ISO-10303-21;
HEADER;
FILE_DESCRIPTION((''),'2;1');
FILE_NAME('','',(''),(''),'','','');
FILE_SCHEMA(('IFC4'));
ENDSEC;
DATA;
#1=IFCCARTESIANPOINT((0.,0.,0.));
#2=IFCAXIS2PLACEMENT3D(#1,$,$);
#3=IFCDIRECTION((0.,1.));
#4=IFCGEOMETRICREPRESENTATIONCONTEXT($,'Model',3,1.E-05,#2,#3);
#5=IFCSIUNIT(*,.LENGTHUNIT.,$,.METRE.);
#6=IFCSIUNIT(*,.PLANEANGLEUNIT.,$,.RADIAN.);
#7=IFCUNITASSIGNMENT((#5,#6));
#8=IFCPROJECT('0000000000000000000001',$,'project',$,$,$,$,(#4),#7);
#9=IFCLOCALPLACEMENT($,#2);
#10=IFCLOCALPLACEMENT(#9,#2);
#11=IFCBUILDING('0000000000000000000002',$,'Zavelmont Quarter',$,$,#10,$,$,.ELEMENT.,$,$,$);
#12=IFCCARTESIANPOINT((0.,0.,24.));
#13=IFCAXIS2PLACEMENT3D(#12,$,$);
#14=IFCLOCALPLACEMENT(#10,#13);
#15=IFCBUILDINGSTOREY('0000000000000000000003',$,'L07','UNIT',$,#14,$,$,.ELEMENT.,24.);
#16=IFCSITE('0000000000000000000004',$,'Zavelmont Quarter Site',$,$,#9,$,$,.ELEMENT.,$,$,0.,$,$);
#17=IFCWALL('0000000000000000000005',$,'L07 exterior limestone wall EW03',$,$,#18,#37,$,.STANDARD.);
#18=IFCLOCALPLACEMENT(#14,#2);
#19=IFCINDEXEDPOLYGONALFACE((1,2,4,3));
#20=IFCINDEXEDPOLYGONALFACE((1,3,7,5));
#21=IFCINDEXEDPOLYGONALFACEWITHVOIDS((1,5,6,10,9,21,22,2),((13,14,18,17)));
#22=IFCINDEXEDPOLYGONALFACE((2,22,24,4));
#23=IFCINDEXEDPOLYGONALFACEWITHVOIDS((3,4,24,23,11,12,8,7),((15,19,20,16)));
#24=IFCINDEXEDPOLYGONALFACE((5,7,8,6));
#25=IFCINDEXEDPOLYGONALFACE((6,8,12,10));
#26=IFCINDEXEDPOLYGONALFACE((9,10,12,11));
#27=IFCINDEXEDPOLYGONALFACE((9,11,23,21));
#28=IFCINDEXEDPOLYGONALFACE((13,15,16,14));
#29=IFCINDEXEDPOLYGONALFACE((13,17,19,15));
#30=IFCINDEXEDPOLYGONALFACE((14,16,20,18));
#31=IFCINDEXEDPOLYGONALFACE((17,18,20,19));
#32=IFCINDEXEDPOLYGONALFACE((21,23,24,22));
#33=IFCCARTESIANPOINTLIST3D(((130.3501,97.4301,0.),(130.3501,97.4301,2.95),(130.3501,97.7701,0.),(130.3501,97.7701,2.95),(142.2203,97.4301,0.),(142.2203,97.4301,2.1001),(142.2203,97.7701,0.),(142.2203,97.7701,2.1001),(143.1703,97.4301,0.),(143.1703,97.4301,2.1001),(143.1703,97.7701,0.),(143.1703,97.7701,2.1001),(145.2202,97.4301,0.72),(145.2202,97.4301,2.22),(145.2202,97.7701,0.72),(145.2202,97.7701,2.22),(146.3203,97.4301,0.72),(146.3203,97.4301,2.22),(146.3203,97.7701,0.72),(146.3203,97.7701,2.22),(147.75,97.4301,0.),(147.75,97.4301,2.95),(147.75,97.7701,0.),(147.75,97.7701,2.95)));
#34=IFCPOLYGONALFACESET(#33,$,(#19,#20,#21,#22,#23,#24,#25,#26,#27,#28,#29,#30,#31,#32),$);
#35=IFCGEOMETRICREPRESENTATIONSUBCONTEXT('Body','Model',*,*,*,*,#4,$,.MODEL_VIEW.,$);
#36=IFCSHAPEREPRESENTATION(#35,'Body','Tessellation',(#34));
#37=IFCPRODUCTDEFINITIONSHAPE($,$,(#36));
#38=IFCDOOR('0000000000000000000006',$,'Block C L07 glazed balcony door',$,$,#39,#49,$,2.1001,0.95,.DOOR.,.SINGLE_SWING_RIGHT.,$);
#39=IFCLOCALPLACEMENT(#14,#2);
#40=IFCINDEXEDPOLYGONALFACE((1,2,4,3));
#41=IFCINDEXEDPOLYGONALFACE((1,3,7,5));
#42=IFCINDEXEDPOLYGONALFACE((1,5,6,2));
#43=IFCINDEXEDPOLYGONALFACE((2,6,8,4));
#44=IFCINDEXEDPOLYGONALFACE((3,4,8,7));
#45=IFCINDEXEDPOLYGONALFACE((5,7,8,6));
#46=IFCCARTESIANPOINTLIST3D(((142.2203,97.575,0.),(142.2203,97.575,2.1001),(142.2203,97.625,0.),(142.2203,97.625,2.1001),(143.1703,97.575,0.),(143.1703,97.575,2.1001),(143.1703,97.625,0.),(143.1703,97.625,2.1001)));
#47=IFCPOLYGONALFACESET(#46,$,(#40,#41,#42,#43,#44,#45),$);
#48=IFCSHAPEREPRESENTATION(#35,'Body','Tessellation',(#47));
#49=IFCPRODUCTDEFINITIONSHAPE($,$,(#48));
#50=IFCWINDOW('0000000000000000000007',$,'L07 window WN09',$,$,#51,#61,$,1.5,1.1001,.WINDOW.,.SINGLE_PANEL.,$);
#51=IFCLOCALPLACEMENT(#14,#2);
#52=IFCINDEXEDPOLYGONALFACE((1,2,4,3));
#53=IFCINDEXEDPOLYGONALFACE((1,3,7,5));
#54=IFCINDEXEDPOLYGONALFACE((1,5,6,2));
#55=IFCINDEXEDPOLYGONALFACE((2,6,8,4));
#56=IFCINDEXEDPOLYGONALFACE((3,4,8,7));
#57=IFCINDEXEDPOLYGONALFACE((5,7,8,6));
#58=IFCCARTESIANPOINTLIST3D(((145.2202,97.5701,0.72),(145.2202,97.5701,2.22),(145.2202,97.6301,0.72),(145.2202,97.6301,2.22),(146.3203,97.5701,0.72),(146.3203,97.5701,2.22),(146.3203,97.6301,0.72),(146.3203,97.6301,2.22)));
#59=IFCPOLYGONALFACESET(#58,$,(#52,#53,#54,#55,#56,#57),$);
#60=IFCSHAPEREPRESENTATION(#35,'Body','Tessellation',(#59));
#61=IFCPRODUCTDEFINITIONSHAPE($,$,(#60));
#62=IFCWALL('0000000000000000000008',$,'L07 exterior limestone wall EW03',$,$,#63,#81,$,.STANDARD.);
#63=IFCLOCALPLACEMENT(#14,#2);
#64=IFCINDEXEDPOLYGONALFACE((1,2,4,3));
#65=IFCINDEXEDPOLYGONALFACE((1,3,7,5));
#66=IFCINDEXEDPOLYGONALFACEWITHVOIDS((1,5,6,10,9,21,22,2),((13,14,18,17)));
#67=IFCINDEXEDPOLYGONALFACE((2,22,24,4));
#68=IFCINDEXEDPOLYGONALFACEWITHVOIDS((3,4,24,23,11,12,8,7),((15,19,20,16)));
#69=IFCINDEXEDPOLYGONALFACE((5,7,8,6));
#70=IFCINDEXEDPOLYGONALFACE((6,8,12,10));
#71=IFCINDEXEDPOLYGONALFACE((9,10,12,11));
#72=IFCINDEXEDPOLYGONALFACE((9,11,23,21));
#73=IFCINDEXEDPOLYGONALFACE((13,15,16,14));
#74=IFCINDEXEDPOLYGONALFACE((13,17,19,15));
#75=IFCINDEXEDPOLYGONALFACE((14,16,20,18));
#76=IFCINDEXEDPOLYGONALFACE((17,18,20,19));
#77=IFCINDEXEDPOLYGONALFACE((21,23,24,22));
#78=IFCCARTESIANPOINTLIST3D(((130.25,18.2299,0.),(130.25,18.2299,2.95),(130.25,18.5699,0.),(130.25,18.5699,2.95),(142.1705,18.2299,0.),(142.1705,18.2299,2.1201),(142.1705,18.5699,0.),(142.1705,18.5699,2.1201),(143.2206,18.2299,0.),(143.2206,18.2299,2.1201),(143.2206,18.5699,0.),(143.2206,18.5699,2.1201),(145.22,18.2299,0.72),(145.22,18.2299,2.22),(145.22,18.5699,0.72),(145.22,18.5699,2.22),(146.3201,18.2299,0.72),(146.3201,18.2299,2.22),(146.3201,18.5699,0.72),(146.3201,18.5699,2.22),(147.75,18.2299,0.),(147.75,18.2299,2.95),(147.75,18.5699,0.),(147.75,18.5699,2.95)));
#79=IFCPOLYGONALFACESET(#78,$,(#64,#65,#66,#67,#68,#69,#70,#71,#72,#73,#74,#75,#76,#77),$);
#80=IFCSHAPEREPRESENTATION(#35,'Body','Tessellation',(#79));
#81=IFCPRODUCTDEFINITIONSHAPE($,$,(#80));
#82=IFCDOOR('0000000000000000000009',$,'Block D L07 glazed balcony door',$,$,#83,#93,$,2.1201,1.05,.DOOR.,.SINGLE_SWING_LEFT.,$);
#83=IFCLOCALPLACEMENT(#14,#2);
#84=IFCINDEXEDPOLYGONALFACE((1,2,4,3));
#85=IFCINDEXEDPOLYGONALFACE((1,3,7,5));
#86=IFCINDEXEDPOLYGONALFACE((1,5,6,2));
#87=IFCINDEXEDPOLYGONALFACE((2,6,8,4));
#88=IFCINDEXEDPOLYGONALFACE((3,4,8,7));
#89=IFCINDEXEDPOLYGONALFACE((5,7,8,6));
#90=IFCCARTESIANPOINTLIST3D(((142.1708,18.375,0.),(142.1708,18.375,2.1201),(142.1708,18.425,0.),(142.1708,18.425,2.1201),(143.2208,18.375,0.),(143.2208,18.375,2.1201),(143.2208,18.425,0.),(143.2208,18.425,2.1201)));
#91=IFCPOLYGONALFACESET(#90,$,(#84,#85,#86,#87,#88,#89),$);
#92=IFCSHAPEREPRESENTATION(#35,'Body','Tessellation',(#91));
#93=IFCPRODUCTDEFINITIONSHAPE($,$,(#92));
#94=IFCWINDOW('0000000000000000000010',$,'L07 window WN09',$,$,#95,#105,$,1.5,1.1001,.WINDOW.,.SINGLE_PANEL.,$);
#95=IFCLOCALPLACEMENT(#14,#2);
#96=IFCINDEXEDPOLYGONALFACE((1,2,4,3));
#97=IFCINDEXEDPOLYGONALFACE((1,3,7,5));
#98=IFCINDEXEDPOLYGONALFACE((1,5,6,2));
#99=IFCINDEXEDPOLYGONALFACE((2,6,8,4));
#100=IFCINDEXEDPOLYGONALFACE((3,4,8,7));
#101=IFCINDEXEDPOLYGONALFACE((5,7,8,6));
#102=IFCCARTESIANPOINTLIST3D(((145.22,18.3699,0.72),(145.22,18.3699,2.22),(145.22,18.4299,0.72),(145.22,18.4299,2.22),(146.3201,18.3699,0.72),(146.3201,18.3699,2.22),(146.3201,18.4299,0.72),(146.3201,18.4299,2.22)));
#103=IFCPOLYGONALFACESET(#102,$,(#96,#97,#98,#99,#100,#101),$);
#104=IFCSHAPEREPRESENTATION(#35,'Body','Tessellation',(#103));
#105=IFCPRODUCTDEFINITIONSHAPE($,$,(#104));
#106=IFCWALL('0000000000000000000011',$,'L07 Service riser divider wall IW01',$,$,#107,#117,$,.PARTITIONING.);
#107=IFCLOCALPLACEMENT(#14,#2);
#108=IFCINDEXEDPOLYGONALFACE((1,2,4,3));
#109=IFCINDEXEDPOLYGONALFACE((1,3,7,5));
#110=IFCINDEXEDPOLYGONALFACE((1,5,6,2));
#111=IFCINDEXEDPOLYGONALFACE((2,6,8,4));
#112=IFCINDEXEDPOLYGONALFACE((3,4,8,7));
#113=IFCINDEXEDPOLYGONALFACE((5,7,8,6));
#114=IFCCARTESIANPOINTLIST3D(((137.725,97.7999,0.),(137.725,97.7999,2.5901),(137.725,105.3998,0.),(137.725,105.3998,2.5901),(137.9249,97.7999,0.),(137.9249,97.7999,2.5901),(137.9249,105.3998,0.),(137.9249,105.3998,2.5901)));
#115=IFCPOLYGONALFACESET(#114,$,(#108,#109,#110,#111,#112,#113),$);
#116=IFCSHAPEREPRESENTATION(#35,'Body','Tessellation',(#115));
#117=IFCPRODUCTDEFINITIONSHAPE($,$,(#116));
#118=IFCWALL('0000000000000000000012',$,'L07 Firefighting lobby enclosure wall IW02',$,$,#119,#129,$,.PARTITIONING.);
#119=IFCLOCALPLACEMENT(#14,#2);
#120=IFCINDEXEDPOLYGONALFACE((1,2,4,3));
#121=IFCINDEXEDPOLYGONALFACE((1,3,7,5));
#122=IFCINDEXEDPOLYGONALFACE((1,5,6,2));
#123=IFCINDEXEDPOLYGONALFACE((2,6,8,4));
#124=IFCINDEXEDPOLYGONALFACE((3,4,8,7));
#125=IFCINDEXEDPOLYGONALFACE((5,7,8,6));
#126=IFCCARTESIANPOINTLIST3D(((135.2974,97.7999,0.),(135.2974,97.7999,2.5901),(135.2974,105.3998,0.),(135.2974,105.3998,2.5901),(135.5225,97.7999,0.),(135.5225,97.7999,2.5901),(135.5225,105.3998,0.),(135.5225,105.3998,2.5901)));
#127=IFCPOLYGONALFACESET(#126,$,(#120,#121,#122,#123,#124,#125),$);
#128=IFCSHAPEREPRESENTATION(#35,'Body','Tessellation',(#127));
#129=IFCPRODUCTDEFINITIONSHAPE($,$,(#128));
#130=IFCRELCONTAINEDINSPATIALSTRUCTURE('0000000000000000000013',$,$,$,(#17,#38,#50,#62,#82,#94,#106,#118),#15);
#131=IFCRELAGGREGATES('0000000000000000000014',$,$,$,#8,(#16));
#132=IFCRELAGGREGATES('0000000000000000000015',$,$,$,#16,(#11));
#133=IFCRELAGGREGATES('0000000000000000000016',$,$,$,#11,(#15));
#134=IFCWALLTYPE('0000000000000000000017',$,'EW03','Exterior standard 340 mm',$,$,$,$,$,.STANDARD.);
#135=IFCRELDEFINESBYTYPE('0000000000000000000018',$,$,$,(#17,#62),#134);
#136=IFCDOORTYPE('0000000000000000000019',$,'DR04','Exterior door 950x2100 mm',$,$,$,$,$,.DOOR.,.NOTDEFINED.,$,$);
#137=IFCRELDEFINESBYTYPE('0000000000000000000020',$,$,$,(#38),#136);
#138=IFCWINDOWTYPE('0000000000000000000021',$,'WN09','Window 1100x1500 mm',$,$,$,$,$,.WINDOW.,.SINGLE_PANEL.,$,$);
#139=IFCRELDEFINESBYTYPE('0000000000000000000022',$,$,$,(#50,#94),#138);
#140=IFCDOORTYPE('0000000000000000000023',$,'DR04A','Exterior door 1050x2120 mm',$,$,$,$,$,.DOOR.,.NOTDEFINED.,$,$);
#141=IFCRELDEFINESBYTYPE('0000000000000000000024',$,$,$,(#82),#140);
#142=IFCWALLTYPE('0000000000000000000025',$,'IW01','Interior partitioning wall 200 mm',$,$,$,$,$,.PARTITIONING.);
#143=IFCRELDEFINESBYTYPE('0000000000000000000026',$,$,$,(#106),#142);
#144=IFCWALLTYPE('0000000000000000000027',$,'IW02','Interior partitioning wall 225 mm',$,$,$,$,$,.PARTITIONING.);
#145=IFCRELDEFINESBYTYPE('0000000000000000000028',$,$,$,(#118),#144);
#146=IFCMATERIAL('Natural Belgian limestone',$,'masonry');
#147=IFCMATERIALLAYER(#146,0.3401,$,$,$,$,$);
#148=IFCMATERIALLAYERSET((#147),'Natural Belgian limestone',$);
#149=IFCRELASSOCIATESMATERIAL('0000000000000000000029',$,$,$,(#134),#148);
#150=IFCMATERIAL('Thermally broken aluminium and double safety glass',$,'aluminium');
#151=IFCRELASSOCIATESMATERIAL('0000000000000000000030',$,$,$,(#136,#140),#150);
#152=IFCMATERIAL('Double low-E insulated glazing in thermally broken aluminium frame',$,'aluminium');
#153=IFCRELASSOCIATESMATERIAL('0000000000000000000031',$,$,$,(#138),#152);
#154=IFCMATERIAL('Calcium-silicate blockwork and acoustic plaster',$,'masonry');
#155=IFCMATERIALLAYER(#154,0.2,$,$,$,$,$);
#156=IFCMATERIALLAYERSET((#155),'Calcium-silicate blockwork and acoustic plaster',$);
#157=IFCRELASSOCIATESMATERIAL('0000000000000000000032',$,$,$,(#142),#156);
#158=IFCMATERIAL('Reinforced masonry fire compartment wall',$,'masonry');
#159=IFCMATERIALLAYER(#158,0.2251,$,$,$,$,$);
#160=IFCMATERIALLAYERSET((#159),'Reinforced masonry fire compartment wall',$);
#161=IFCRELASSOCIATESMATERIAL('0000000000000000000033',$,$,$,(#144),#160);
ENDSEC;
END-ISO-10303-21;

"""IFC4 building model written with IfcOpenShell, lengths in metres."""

from ifc_helpers import new_model, si_unit, direction, frame, frame_2d, origin, origin_with_axes, place, context, subcontext, project, spatial, rectangle, extrude, material, layer, layer_set, type_object, element, fill, save


model = new_model("IFC4")

# Units and contexts
model_context = context("Model", 3, precision=1e-05, world=origin(), true_north=direction((0.0, 1.0)))
body_context = subcontext(model_context, "Body", "Model", "MODEL_VIEW")
ifc_project = project(units=[si_unit("LENGTHUNIT", "METRE"), si_unit("PLANEANGLEUNIT", "RADIAN")], contexts=[model_context])

# Site, building, storey
site_placement = place(None, origin())
site = spatial("IfcSite", under=ifc_project, at=site_placement, Name="Zavelmont Quarter Site", CompositionType="ELEMENT", RefElevation=0.0)
building_placement = place(site_placement, origin())
building = spatial("IfcBuilding", under=site, at=building_placement, Name="Zavelmont Quarter", CompositionType="ELEMENT")
storey_placement = place(building_placement, frame((0.0, 0.0, 24.0)))
storey = spatial("IfcBuildingStorey", under=building, at=storey_placement, Name="L07", Description="UNIT", CompositionType="ELEMENT", Elevation=24.0)

# Walls, openings, doors, windows
ifc_material_1 = material(Name="Natural Belgian limestone", Category="masonry")
ifc_layer_1 = layer(ifc_material_1, 0.3401)
ifc_layer_set_1 = layer_set([ifc_layer_1], Name="Natural Belgian limestone")
wall_type_1 = type_object("IfcWallType", Name="EW03", Description="Exterior standard 340 mm", PredefinedType="STANDARD", material=ifc_layer_set_1)
wall_1_placement = place(storey_placement, frame((130.3501, 97.6001, 0.0), z_axis=(0.0, 0.0, 1.0), x_axis=(1.0, 0.0, 0.0)))
wall_1 = element("IfcWall", 1, at=wall_1_placement, inside=storey, type_object=wall_type_1, Name="L07 exterior limestone wall EW03", PredefinedType="STANDARD", context=body_context, shape_type="SweptSolid", body=[
    extrude(rectangle(XDim=17.3999, YDim=0.3401, at=frame_2d((8.7, 0.0))), origin(), (0.0, 0.0, 1.0), 2.95),
])
opening_1_placement = place(wall_1_placement, frame((11.8701, 0.0, 0.0)))
opening_1 = element("IfcOpeningElement", 2, at=opening_1_placement, cuts=wall_1, PredefinedType="OPENING", context=body_context, shape_type="SweptSolid", body=[
    extrude(rectangle(XDim=0.95, YDim=2.1001, at=frame_2d((0.4751, 1.05))), frame((0.0, 0.1821, 0.0), z_axis=(0.0, -1.0, 0.0), x_axis=(1.0, 0.0, 0.0)), (0.0, 0.0, 1.0), 0.364),
])
opening_2_placement = place(wall_1_placement, frame((14.8701, 0.0, 0.72)))
opening_2 = element("IfcOpeningElement", 3, at=opening_2_placement, cuts=wall_1, PredefinedType="OPENING", context=body_context, shape_type="SweptSolid", body=[
    extrude(rectangle(XDim=1.1001, YDim=1.5, at=frame_2d((0.55, 0.75))), frame((0.0, 0.1821, 0.0), z_axis=(0.0, -1.0, 0.0), x_axis=(1.0, 0.0, 0.0)), (0.0, 0.0, 1.0), 0.364),
])
ifc_material_2 = material(Name="Thermally broken aluminium and double safety glass", Category="aluminium")
door_type_1 = type_object("IfcDoorType", Name="DR04", Description="Exterior door 950x2100 mm", OperationType="NOTDEFINED", PredefinedType="DOOR", material=ifc_material_2)
door_1_placement = place(opening_1_placement, origin_with_axes())
door_1 = element("IfcDoor", 4, at=door_1_placement, inside=storey, type_object=door_type_1, Name="Block C L07 glazed balcony door", OperationType="SINGLE_SWING_RIGHT", OverallHeight=2.1001, OverallWidth=0.95, PredefinedType="DOOR", context=body_context, shape_type="SweptSolid", body=[
    extrude(rectangle(XDim=0.95, YDim=2.1001, at=frame_2d((0.4751, 1.05))), frame((0.0, 0.0249, 0.0), z_axis=(0.0, -1.0, 0.0), x_axis=(1.0, 0.0, 0.0)), (0.0, 0.0, 1.0), 0.05),
])
fill(opening_1, door_1)
ifc_material_3 = material(Name="Double low-E insulated glazing in thermally broken aluminium frame", Category="aluminium")
window_type = type_object("IfcWindowType", Name="WN09", Description="Window 1100x1500 mm", PartitioningType="SINGLE_PANEL", PredefinedType="WINDOW", material=ifc_material_3)
window_1_placement = place(opening_2_placement, origin_with_axes())
window_1 = element("IfcWindow", 5, at=window_1_placement, inside=storey, type_object=window_type, Name="L07 window WN09", OverallHeight=1.5, OverallWidth=1.1001, PartitioningType="SINGLE_PANEL", PredefinedType="WINDOW", context=body_context, shape_type="SweptSolid", body=[
    extrude(rectangle(XDim=1.1001, YDim=1.5, at=frame_2d((0.55, 0.75))), frame((0.0, 0.03, 0.0), z_axis=(0.0, -1.0, 0.0), x_axis=(1.0, 0.0, 0.0)), (0.0, 0.0, 1.0), 0.0601),
])
fill(opening_2, window_1)
wall_2_placement = place(storey_placement, frame((130.25, 18.3999, 0.0), z_axis=(0.0, 0.0, 1.0), x_axis=(1.0, 0.0, 0.0)))
wall_2 = element("IfcWall", 6, at=wall_2_placement, inside=storey, type_object=wall_type_1, Name="L07 exterior limestone wall EW03", PredefinedType="STANDARD", context=body_context, shape_type="SweptSolid", body=[
    extrude(rectangle(XDim=17.5, YDim=0.3401, at=frame_2d((8.75, 0.0))), origin(), (0.0, 0.0, 1.0), 2.95),
])
opening_3_placement = place(wall_2_placement, frame((11.9207, 0.0, 0.0)))
opening_3 = element("IfcOpeningElement", 7, at=opening_3_placement, cuts=wall_2, PredefinedType="OPENING", context=body_context, shape_type="SweptSolid", body=[
    extrude(rectangle(XDim=1.05, YDim=2.1201, at=frame_2d((0.5249, 1.0601))), frame((0.0, 0.1821, 0.0), z_axis=(0.0, -1.0, 0.0), x_axis=(1.0, 0.0, 0.0)), (0.0, 0.0, 1.0), 0.364),
])
opening_4_placement = place(wall_2_placement, frame((14.97, 0.0, 0.72)))
opening_4 = element("IfcOpeningElement", 8, at=opening_4_placement, cuts=wall_2, PredefinedType="OPENING", context=body_context, shape_type="SweptSolid", body=[
    extrude(rectangle(XDim=1.1001, YDim=1.5, at=frame_2d((0.55, 0.75))), frame((0.0, 0.1821, 0.0), z_axis=(0.0, -1.0, 0.0), x_axis=(1.0, 0.0, 0.0)), (0.0, 0.0, 1.0), 0.364),
])
door_type_2 = type_object("IfcDoorType", Name="DR04A", Description="Exterior door 1050x2120 mm", OperationType="NOTDEFINED", PredefinedType="DOOR", material=ifc_material_2)
door_2_placement = place(opening_3_placement, frame((1.05, 0.0, 0.0), z_axis=(0.0, 0.0, 1.0), x_axis=(-1.0, 0.0, 0.0)))
door_2 = element("IfcDoor", 9, at=door_2_placement, inside=storey, type_object=door_type_2, Name="Block D L07 glazed balcony door", OperationType="SINGLE_SWING_LEFT", OverallHeight=2.1201, OverallWidth=1.05, PredefinedType="DOOR", context=body_context, shape_type="SweptSolid", body=[
    extrude(rectangle(XDim=1.05, YDim=2.1201, at=frame_2d((0.5249, 1.0601))), frame((0.0, 0.0249, 0.0), z_axis=(0.0, -1.0, 0.0), x_axis=(1.0, 0.0, 0.0)), (0.0, 0.0, 1.0), 0.05),
])
fill(opening_3, door_2)
window_2_placement = place(opening_4_placement, origin_with_axes())
window_2 = element("IfcWindow", 10, at=window_2_placement, inside=storey, type_object=window_type, Name="L07 window WN09", OverallHeight=1.5, OverallWidth=1.1001, PartitioningType="SINGLE_PANEL", PredefinedType="WINDOW", context=body_context, shape_type="SweptSolid", body=[
    extrude(rectangle(XDim=1.1001, YDim=1.5, at=frame_2d((0.55, 0.75))), frame((0.0, 0.03, 0.0), z_axis=(0.0, -1.0, 0.0), x_axis=(1.0, 0.0, 0.0)), (0.0, 0.0, 1.0), 0.0601),
])
fill(opening_4, window_2)

# Walls
ifc_material_4 = material(Name="Calcium-silicate blockwork and acoustic plaster", Category="masonry")
ifc_layer_2 = layer(ifc_material_4, 0.2)
ifc_layer_set_2 = layer_set([ifc_layer_2], Name="Calcium-silicate blockwork and acoustic plaster")
wall_type_2 = type_object("IfcWallType", Name="IW01", Description="Interior partitioning wall 200 mm", PredefinedType="PARTITIONING", material=ifc_layer_set_2)
wall_3_placement = place(storey_placement, frame((137.825, 97.8, 0.0), z_axis=(0.0, 0.0, 1.0), x_axis=(0.0, 1.0, 0.0)))
element("IfcWall", 11, at=wall_3_placement, inside=storey, type_object=wall_type_2, Name="L07 Service riser divider wall IW01", PredefinedType="PARTITIONING", context=body_context, shape_type="SweptSolid", body=[
    extrude(rectangle(XDim=7.5999, YDim=0.2, at=frame_2d((3.7998, 0.0))), origin(), (0.0, 0.0, 1.0), 2.5901),
])
ifc_material_5 = material(Name="Reinforced masonry fire compartment wall", Category="masonry")
ifc_layer_3 = layer(ifc_material_5, 0.2251)
ifc_layer_set_3 = layer_set([ifc_layer_3], Name="Reinforced masonry fire compartment wall")
wall_type_3 = type_object("IfcWallType", Name="IW02", Description="Interior partitioning wall 225 mm", PredefinedType="PARTITIONING", material=ifc_layer_set_3)
wall_4_placement = place(storey_placement, frame((135.4099, 97.8, 0.0), z_axis=(0.0, 0.0, 1.0), x_axis=(0.0, 1.0, 0.0)))
element("IfcWall", 12, at=wall_4_placement, inside=storey, type_object=wall_type_3, Name="L07 Firefighting lobby enclosure wall IW02", PredefinedType="PARTITIONING", context=body_context, shape_type="SweptSolid", body=[
    extrude(rectangle(XDim=7.5999, YDim=0.2251, at=frame_2d((3.7998, 0.0))), origin(), (0.0, 0.0, 1.0), 2.5901),
])

save(model, "model.ifc")
